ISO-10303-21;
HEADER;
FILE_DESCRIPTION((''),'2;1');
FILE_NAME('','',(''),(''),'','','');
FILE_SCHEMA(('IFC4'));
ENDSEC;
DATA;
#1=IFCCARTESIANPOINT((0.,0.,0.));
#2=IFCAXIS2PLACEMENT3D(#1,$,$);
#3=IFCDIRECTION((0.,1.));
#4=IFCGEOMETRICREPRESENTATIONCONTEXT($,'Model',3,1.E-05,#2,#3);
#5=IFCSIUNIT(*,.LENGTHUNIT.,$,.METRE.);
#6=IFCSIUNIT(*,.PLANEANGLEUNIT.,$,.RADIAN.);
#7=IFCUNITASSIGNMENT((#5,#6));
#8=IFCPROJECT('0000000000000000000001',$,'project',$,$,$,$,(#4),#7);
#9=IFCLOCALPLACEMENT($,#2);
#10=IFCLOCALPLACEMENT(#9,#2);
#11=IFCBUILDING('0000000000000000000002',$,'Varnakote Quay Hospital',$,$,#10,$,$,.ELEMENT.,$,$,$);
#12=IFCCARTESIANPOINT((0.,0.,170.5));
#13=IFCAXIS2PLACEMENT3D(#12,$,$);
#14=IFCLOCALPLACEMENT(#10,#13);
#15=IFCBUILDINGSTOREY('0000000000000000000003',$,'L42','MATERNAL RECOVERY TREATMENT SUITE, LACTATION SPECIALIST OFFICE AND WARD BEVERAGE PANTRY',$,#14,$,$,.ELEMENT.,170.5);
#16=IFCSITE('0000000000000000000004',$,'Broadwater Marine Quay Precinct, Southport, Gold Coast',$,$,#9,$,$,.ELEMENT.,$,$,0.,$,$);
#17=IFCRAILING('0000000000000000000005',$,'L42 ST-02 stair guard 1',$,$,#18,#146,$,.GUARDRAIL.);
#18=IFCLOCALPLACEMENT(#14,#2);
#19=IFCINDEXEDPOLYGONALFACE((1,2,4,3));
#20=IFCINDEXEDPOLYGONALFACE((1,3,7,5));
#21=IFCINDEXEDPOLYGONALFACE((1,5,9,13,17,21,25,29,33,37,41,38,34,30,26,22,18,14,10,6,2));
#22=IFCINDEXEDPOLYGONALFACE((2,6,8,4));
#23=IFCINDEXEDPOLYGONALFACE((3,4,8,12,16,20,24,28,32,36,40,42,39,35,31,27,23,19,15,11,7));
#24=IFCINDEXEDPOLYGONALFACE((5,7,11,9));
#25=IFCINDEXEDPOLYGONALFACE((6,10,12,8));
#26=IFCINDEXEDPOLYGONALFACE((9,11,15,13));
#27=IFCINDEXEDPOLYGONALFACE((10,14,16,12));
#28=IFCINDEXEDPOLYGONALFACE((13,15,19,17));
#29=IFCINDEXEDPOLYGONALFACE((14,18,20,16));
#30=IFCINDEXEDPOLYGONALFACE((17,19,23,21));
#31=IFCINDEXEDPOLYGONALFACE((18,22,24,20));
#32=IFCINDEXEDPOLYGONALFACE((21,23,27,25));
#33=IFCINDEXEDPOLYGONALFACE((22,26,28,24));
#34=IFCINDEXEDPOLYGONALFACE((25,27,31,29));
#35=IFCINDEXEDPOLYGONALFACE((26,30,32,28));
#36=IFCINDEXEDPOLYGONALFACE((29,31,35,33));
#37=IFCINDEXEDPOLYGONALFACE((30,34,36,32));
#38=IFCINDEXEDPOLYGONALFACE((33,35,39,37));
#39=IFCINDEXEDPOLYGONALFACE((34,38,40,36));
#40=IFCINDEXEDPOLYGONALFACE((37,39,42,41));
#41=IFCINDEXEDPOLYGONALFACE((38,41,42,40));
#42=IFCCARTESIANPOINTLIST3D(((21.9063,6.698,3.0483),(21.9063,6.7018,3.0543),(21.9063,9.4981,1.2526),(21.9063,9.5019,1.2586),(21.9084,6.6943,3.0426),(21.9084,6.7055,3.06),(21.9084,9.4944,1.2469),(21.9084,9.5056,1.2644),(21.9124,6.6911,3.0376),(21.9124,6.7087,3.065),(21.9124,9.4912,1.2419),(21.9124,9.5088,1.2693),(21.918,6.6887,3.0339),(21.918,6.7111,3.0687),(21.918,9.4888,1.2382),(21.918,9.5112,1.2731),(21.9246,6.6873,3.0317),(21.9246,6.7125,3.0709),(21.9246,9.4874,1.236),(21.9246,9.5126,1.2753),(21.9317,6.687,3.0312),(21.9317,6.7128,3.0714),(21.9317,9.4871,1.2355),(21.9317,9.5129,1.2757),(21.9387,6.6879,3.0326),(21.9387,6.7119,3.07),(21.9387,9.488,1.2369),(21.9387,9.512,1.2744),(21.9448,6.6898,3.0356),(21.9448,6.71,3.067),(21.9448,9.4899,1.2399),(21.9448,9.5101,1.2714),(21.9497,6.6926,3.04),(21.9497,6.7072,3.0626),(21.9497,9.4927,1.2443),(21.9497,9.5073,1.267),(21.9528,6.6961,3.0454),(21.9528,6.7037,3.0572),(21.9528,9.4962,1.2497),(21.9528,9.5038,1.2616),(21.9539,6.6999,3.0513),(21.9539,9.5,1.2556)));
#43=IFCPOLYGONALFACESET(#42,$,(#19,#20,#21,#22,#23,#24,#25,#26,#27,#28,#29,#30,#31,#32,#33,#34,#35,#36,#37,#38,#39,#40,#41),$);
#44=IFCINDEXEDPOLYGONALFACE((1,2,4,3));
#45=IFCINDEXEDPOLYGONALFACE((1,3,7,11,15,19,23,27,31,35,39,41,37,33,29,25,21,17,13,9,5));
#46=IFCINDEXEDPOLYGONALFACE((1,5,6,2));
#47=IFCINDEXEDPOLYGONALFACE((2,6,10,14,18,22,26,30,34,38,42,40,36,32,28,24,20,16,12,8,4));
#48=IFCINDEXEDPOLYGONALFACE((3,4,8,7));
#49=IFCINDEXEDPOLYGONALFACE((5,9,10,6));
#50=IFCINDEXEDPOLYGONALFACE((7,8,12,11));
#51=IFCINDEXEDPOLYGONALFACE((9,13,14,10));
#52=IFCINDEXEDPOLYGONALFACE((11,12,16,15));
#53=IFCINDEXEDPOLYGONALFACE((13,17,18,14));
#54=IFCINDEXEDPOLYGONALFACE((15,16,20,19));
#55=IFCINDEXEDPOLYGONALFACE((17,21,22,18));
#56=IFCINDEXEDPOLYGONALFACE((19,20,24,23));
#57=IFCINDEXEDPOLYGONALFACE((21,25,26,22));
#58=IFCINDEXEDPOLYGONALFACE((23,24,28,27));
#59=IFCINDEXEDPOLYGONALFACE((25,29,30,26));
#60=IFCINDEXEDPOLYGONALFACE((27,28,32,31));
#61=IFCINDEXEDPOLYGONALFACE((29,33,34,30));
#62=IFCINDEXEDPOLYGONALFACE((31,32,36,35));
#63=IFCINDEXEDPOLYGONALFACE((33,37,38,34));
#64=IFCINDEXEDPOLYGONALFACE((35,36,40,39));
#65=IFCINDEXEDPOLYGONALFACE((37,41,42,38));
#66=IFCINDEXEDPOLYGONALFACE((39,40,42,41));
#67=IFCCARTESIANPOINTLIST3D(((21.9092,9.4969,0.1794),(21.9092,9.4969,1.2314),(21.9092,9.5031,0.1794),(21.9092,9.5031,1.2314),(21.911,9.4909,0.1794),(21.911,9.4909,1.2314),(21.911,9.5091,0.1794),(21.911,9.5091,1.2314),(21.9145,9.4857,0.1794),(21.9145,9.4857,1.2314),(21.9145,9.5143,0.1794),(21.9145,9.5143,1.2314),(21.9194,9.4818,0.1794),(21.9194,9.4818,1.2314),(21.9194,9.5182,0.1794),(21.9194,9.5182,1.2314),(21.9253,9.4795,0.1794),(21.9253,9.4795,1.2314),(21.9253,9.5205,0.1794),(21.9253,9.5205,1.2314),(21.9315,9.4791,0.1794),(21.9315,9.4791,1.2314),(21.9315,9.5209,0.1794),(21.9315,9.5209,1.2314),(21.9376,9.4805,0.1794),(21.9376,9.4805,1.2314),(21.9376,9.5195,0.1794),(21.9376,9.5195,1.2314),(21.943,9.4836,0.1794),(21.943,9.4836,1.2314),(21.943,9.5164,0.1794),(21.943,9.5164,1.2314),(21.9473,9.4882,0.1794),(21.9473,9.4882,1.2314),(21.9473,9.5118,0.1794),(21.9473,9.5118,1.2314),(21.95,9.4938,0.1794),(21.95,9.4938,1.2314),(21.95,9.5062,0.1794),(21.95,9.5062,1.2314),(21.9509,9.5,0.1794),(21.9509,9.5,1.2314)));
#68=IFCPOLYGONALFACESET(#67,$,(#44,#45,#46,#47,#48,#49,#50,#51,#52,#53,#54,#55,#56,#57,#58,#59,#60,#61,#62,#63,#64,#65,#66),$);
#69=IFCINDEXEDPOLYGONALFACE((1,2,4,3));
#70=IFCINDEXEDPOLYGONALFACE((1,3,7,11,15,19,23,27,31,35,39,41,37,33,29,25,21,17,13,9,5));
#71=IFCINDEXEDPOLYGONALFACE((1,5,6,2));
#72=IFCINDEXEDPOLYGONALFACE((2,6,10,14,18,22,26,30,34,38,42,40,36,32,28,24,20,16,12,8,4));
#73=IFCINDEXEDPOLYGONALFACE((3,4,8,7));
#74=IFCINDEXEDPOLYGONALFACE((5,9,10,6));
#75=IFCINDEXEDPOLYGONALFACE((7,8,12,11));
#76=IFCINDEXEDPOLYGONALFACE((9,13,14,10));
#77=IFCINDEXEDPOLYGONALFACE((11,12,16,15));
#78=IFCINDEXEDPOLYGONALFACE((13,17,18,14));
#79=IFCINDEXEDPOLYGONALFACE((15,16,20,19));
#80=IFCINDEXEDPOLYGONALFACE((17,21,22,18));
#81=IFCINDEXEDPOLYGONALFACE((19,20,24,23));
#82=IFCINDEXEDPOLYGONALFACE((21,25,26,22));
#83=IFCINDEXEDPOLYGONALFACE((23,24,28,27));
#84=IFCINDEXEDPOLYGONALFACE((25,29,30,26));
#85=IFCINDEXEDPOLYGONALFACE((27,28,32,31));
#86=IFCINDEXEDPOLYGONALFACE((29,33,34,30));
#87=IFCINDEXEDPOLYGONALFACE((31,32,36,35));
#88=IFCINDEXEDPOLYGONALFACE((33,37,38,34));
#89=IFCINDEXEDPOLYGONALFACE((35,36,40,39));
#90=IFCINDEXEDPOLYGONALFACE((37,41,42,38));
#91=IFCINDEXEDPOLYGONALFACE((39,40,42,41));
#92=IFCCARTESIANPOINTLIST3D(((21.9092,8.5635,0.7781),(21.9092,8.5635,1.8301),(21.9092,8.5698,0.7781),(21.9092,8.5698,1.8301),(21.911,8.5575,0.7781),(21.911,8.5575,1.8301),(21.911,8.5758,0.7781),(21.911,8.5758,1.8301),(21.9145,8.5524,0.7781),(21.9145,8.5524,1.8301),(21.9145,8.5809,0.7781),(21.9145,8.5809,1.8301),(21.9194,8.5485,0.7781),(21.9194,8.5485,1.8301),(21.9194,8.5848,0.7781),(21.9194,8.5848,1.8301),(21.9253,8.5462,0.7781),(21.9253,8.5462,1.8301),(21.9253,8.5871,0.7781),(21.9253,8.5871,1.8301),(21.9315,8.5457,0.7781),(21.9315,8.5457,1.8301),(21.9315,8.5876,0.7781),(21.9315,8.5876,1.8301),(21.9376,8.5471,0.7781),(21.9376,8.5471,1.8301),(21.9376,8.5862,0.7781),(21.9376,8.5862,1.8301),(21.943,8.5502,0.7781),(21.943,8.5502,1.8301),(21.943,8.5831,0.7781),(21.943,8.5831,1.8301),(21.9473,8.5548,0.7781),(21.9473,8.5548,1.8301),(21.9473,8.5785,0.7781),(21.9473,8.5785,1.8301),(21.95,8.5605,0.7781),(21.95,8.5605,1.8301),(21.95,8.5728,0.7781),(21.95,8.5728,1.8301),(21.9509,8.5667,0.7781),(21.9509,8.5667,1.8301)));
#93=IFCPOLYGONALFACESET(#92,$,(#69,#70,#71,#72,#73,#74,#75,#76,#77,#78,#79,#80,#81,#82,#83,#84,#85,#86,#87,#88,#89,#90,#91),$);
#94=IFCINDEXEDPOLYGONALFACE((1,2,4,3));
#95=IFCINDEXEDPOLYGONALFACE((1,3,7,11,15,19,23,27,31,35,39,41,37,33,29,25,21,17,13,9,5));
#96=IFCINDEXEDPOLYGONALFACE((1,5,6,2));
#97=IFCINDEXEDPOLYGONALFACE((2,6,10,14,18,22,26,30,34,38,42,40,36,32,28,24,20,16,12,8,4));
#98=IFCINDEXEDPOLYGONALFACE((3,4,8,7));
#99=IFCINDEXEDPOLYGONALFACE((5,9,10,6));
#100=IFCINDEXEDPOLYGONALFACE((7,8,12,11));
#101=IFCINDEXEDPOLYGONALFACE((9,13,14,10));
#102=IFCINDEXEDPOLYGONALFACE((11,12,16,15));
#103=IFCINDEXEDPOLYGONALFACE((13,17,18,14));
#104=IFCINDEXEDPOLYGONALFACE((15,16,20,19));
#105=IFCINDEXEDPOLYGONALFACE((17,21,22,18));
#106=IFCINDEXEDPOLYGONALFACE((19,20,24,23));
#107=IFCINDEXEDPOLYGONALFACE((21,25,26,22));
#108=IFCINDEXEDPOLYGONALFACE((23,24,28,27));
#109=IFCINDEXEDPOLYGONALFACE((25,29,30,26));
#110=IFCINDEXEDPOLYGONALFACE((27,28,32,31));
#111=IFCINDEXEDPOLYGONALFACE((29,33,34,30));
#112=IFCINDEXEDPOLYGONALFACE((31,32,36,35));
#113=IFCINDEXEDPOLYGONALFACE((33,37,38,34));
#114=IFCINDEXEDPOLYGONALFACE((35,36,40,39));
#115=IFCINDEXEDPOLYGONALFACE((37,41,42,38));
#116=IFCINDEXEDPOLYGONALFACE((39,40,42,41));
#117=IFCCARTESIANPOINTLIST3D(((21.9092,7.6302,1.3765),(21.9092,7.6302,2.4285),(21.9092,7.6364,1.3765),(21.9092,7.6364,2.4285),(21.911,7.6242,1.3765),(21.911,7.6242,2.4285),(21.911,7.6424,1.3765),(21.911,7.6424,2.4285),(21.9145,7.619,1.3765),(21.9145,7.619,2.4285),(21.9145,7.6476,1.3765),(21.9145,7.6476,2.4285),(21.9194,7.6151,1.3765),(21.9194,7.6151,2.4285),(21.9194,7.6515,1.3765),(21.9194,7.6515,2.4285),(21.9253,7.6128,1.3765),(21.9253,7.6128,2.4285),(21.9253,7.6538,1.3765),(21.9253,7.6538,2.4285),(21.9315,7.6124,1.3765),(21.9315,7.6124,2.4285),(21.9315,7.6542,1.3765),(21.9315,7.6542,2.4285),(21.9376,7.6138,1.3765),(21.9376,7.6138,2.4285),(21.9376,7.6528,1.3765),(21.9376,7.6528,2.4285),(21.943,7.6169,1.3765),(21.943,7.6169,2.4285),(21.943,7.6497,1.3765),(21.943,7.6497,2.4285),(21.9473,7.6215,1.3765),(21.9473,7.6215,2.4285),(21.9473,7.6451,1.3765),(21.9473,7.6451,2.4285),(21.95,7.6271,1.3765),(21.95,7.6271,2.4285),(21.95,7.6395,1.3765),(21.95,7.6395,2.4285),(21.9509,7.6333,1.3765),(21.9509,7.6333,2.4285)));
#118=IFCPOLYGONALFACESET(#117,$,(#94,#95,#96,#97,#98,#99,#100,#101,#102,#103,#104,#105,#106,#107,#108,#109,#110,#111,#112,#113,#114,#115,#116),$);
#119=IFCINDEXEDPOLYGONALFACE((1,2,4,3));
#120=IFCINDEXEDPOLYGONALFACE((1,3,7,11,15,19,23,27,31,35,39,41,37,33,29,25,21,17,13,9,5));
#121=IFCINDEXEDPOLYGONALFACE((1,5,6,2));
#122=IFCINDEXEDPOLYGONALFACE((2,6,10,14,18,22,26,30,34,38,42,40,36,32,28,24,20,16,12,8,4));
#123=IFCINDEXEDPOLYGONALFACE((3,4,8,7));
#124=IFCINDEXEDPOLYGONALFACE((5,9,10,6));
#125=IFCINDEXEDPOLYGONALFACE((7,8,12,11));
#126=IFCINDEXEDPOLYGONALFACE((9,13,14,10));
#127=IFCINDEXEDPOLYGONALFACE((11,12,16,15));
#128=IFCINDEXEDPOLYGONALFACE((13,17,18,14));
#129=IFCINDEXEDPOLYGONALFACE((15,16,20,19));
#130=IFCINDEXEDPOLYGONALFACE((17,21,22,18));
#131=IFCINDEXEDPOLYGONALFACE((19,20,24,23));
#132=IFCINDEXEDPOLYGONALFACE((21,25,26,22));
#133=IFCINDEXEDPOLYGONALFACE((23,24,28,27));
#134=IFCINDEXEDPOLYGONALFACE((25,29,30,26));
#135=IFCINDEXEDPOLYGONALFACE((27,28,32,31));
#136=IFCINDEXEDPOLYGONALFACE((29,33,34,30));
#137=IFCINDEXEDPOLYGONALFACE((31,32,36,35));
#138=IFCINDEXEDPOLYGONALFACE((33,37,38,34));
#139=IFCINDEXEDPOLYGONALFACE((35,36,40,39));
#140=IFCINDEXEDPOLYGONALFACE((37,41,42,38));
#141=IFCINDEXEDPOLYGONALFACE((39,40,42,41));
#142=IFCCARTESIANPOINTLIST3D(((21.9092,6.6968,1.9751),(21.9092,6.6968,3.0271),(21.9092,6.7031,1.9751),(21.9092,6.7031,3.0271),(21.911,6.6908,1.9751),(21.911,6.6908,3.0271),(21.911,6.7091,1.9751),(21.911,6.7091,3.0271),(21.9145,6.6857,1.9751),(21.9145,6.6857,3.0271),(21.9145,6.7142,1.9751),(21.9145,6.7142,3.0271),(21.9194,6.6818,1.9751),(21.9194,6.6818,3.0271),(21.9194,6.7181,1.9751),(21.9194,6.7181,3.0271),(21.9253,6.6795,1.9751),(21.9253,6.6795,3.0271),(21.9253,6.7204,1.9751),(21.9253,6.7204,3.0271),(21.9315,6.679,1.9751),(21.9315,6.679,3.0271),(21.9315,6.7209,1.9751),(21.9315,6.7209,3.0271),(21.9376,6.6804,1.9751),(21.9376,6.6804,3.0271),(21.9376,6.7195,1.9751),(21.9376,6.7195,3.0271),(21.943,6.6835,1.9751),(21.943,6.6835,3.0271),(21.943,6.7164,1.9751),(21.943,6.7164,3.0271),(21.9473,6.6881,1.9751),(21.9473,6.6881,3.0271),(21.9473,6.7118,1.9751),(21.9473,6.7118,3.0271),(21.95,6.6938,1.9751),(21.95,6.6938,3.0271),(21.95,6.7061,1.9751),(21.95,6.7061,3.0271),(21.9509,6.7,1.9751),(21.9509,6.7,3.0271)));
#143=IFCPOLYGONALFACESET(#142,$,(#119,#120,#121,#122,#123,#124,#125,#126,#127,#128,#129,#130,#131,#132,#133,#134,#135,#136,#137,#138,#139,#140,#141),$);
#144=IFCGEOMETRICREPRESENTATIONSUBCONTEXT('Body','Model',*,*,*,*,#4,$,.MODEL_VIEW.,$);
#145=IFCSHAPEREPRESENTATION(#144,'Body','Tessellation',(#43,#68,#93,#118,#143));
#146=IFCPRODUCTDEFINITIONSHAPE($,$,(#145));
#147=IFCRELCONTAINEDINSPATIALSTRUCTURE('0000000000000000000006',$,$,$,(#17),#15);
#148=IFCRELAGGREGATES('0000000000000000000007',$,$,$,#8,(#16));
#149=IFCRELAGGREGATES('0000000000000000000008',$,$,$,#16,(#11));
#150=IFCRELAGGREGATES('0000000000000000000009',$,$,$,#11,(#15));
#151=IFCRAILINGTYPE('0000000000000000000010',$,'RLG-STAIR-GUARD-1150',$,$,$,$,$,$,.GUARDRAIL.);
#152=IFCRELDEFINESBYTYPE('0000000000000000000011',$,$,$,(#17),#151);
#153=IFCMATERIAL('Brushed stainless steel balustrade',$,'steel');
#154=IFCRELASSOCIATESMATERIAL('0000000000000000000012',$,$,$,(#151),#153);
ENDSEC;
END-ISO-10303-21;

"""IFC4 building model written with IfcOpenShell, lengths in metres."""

from ifc_helpers import new_model, si_unit, direction, frame, origin, origin_2d, place, context, subcontext, project, spatial, circle, extrude, material, type_object, element, save


model = new_model("IFC4")

# Units and contexts
model_context = context("Model", 3, precision=1e-05, world=origin(), true_north=direction((0.0, 1.0)))
body_context = subcontext(model_context, "Body", "Model", "MODEL_VIEW")
ifc_project = project(units=[si_unit("LENGTHUNIT", "METRE"), si_unit("PLANEANGLEUNIT", "RADIAN")], contexts=[model_context])

# Site, building, storey
site_placement = place(None, origin())
site = spatial("IfcSite", under=ifc_project, at=site_placement, Name="Broadwater Marine Quay Precinct, Southport, Gold Coast", CompositionType="ELEMENT", RefElevation=0.0)
building_placement = place(site_placement, origin())
building = spatial("IfcBuilding", under=site, at=building_placement, Name="Varnakote Quay Hospital", CompositionType="ELEMENT")
storey_placement = place(building_placement, frame((0.0, 0.0, 170.5)))
storey = spatial("IfcBuildingStorey", under=building, at=storey_placement, Name="L42", Description="MATERNAL RECOVERY TREATMENT SUITE, LACTATION SPECIALIST OFFICE AND WARD BEVERAGE PANTRY", CompositionType="ELEMENT", Elevation=170.5)

# Railing
ifc_material_1 = material(Name="Brushed stainless steel balustrade", Category="steel")
railing_type_1 = type_object("IfcRailingType", Name="RLG-STAIR-GUARD-1150", PredefinedType="GUARDRAIL", material=ifc_material_1)
railing_1_placement = place(storey_placement, frame((21.9299, 9.5, 0.1794)))
element("IfcRailing", 1, at=railing_1_placement, inside=storey, type_object=railing_type_1, Name="L42 ST-02 stair guard 1", PredefinedType="GUARDRAIL", context=body_context, shape_type="SweptSolid", body=[
    extrude(circle(Radius=0.0239, at=origin_2d()), frame((0.0, 0.0, 1.0762), z_axis=(0.0, -0.841777, 0.539826), x_axis=(1.0, 0.0, 0.0)), (0.0, 0.0, 1.0), 3.3264),
    extrude(circle(Radius=0.021, at=origin_2d()), origin(), (0.0, 0.0, 1.0), 1.052),
    extrude(circle(Radius=0.021, at=origin_2d()), frame((0.0, -0.9333, 0.5986)), (0.0, 0.0, 1.0), 1.052),
    extrude(circle(Radius=0.021, at=origin_2d()), frame((0.0, -1.8667, 1.197)), (0.0, 0.0, 1.0), 1.052),
    extrude(circle(Radius=0.021, at=origin_2d()), frame((0.0, -2.8, 1.7957)), (0.0, 0.0, 1.0), 1.052),
])

save(model, "model.ifc")
